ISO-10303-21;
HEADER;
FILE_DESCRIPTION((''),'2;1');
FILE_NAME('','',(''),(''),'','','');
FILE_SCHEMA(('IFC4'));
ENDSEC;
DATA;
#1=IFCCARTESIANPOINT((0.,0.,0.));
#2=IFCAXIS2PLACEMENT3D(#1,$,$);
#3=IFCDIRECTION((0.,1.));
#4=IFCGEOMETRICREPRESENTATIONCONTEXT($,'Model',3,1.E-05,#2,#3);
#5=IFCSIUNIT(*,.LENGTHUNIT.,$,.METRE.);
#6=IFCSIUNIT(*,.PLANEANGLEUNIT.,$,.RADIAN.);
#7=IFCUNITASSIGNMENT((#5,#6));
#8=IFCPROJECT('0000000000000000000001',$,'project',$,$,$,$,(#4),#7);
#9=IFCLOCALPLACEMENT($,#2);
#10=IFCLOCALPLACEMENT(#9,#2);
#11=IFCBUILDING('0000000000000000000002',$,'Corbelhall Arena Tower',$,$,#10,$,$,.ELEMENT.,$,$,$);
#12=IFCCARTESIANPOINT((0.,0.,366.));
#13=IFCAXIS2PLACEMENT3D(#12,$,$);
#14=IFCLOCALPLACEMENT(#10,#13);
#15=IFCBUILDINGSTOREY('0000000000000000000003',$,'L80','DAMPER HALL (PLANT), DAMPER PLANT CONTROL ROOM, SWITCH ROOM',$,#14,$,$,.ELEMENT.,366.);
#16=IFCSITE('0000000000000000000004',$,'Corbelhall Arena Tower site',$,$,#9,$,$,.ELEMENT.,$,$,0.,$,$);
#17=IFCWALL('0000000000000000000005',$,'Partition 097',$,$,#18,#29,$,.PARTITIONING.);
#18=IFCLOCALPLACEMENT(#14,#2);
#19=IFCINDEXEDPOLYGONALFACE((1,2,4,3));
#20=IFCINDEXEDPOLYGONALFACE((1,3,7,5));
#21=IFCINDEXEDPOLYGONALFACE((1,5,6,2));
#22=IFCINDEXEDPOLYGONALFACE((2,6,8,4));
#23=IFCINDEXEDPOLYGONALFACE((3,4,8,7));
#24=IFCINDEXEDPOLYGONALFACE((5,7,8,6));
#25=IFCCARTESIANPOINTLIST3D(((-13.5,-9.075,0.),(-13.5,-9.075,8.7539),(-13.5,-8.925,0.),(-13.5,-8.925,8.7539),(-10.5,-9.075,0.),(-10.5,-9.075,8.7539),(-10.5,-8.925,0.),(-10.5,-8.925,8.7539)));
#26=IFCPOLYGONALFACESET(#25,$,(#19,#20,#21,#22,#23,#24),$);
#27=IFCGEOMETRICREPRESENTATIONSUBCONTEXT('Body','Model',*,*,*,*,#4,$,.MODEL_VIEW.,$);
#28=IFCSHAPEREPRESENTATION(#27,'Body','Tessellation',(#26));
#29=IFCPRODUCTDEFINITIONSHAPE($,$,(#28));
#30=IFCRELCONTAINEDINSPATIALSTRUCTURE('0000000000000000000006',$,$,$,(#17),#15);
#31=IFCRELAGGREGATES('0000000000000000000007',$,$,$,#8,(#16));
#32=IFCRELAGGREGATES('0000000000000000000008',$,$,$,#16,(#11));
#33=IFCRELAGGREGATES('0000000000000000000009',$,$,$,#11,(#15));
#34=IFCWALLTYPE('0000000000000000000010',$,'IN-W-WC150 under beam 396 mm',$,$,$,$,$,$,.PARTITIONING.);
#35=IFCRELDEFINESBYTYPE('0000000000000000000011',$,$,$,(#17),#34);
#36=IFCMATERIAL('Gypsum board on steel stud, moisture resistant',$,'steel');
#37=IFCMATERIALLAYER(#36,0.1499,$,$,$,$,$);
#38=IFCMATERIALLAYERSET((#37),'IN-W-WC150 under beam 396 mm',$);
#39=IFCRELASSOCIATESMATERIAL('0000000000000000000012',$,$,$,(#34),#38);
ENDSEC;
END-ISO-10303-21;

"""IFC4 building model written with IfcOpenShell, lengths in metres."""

from ifc_helpers import new_model, si_unit, direction, frame, frame_2d, origin, place, context, subcontext, project, spatial, rectangle, extrude, material, layer, layer_set, type_object, element, save


model = new_model("IFC4")

# Units and contexts
model_context = context("Model", 3, precision=1e-05, world=origin(), true_north=direction((0.0, 1.0)))
body_context = subcontext(model_context, "Body", "Model", "MODEL_VIEW")
ifc_project = project(units=[si_unit("LENGTHUNIT", "METRE"), si_unit("PLANEANGLEUNIT", "RADIAN")], contexts=[model_context])

# Site, building, storey
site_placement = place(None, origin())
site = spatial("IfcSite", under=ifc_project, at=site_placement, Name="Corbelhall Arena Tower site", CompositionType="ELEMENT", RefElevation=0.0)
building_placement = place(site_placement, origin())
building = spatial("IfcBuilding", under=site, at=building_placement, Name="Corbelhall Arena Tower", CompositionType="ELEMENT")
storey_placement = place(building_placement, frame((0.0, 0.0, 366.0)))
storey = spatial("IfcBuildingStorey", under=building, at=storey_placement, Name="L80", Description="DAMPER HALL (PLANT), DAMPER PLANT CONTROL ROOM, SWITCH ROOM", CompositionType="ELEMENT", Elevation=366.0)

# Shared definitions
ifc_material_1 = material(Name="Gypsum board on steel stud, moisture resistant", Category="steel")

# Wall
ifc_layer_1 = layer(ifc_material_1, 0.1499)
ifc_layer_set_1 = layer_set([ifc_layer_1], Name="IN-W-WC150 under beam 396 mm")
wall_type_1 = type_object("IfcWallType", Name="IN-W-WC150 under beam 396 mm", PredefinedType="PARTITIONING", material=ifc_layer_set_1)
wall_1_placement = place(storey_placement, frame((-10.5, -9.0, 0.0), z_axis=(0.0, 0.0, 1.0), x_axis=(-1.0, 0.0, 0.0)))
element("IfcWall", 1, at=wall_1_placement, inside=storey, type_object=wall_type_1, Name="Partition 097", PredefinedType="PARTITIONING", context=body_context, shape_type="SweptSolid", body=[
    extrude(rectangle(XDim=3.0, YDim=0.1499, at=frame_2d((1.5, 0.0))), origin(), (0.0, 0.0, 1.0), 8.7539),
])

save(model, "model.ifc")
